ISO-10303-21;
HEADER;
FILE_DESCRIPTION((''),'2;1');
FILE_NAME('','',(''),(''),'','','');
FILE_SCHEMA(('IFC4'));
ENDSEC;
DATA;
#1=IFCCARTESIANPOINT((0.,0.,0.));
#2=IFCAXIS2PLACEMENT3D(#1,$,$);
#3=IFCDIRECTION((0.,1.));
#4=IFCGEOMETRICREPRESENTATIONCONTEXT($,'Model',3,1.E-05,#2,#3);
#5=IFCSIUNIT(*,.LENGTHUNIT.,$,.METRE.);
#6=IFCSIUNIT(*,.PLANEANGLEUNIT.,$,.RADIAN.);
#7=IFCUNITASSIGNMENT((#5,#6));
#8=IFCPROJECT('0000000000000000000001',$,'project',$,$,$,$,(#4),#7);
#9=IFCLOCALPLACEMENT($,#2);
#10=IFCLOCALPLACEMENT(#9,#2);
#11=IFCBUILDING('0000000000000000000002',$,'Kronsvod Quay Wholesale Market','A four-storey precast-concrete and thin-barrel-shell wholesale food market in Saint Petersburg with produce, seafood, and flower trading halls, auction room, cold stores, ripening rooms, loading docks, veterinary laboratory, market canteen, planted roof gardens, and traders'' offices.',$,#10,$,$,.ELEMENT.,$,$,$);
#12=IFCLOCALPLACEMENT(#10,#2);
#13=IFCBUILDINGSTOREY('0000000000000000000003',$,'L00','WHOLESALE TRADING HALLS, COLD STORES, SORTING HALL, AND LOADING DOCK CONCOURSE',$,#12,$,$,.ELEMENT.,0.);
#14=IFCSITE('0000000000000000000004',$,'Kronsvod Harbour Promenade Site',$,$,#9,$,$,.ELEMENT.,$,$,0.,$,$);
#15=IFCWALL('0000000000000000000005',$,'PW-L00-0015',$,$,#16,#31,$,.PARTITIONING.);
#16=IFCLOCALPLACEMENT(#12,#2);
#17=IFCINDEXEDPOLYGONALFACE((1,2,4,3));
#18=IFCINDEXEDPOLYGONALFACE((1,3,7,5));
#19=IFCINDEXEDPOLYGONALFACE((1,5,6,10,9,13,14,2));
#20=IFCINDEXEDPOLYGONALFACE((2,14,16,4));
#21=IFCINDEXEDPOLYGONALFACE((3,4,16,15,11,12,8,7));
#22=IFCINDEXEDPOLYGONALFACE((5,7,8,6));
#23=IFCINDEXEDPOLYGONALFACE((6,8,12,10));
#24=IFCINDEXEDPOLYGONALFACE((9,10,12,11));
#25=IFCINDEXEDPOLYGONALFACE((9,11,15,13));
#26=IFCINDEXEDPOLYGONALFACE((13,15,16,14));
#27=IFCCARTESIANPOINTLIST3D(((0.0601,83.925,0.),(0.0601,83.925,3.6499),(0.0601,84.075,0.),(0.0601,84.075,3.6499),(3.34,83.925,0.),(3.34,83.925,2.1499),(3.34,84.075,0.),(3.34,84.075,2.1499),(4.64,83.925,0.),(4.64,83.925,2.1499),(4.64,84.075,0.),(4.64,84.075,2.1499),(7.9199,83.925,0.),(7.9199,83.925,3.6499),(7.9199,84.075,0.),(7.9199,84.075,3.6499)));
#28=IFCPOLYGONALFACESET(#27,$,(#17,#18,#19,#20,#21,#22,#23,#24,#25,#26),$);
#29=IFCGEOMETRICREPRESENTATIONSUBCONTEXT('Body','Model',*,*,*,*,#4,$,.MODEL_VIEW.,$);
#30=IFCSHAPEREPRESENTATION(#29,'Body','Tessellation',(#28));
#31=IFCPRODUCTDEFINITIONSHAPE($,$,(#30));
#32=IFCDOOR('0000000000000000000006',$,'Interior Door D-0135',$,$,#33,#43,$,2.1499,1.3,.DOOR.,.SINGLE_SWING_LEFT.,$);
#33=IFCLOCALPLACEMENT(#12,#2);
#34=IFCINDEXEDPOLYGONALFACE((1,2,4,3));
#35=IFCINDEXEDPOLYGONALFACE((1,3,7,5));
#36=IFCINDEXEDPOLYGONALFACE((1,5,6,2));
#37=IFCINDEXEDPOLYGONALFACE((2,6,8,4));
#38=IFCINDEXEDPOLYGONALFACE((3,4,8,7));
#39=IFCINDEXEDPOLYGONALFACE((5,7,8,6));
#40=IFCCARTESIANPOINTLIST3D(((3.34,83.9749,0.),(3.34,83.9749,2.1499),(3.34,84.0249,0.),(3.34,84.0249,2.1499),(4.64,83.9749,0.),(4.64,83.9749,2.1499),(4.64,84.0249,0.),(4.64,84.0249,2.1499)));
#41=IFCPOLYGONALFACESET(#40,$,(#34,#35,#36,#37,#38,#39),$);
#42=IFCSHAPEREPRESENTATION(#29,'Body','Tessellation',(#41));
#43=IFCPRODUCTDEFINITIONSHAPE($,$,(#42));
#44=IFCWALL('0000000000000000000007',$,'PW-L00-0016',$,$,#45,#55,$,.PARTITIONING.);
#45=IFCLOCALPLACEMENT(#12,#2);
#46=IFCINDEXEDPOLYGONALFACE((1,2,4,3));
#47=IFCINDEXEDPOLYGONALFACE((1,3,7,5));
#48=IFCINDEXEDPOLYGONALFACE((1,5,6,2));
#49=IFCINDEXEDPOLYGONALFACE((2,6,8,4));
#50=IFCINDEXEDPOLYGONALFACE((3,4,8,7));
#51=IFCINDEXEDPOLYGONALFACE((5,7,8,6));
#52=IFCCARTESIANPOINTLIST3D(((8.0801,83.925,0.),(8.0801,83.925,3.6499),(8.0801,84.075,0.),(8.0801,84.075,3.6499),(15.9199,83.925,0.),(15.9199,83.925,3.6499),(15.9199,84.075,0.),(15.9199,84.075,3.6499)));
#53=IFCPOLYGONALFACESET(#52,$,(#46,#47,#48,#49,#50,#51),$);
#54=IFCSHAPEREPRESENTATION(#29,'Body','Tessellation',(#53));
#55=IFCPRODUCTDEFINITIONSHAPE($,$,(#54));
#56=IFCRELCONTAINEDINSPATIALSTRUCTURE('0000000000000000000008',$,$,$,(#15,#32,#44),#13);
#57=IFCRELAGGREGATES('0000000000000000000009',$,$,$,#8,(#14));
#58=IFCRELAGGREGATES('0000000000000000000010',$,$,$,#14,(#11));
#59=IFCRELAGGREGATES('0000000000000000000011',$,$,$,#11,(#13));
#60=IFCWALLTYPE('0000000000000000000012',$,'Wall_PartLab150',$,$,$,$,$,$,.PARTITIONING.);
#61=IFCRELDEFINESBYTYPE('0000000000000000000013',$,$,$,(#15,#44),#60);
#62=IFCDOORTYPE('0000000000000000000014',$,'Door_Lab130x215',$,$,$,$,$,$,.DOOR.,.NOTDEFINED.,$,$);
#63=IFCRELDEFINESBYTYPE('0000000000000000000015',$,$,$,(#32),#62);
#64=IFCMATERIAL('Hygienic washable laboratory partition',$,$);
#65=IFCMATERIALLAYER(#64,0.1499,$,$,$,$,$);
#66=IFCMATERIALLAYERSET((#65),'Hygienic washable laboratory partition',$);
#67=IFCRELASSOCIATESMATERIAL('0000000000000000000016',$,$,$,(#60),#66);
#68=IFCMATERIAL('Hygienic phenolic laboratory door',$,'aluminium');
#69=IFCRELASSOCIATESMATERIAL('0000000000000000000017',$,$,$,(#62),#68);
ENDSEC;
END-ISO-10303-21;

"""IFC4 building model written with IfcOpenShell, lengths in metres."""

from ifc_helpers import new_model, si_unit, direction, frame, frame_2d, origin, place, context, subcontext, project, spatial, rectangle, extrude, material, layer, layer_set, type_object, element, fill, save


model = new_model("IFC4")

# Units and contexts
model_context = context("Model", 3, precision=1e-05, world=origin(), true_north=direction((0.0, 1.0)))
body_context = subcontext(model_context, "Body", "Model", "MODEL_VIEW")
ifc_project = project(units=[si_unit("LENGTHUNIT", "METRE"), si_unit("PLANEANGLEUNIT", "RADIAN")], contexts=[model_context])

# Site, building, storey
site_placement = place(None, origin())
site = spatial("IfcSite", under=ifc_project, at=site_placement, Name="Kronsvod Harbour Promenade Site", CompositionType="ELEMENT", RefElevation=0.0)
building_placement = place(site_placement, origin())
building = spatial("IfcBuilding", under=site, at=building_placement, Name="Kronsvod Quay Wholesale Market", Description="A four-storey precast-concrete and thin-barrel-shell wholesale food market in Saint Petersburg with produce, seafood, and flower trading halls, auction room, cold stores, ripening rooms, loading docks, veterinary laboratory, market canteen, planted roof gardens, and traders' offices.", CompositionType="ELEMENT")
storey_placement = place(building_placement, origin())
storey = spatial("IfcBuildingStorey", under=building, at=storey_placement, Name="L00", Description="WHOLESALE TRADING HALLS, COLD STORES, SORTING HALL, AND LOADING DOCK CONCOURSE", CompositionType="ELEMENT", Elevation=0.0)

# Wall, opening, door
ifc_material_1 = material(Name="Hygienic washable laboratory partition")
ifc_layer_1 = layer(ifc_material_1, 0.1499)
ifc_layer_set_1 = layer_set([ifc_layer_1], Name="Hygienic washable laboratory partition")
wall_type_1 = type_object("IfcWallType", Name="Wall_PartLab150", PredefinedType="PARTITIONING", material=ifc_layer_set_1)
wall_1_placement = place(storey_placement, frame((0.0601, 84.0, 0.0), z_axis=(0.0, 0.0, 1.0), x_axis=(1.0, 0.0, 0.0)))
wall_1 = element("IfcWall", 1, at=wall_1_placement, inside=storey, type_object=wall_type_1, Name="PW-L00-0015", PredefinedType="PARTITIONING", context=body_context, shape_type="SweptSolid", body=[
    extrude(rectangle(XDim=7.8599, YDim=0.1499, at=frame_2d((3.9299, 0.0))), origin(), (0.0, 0.0, 1.0), 3.6499),
])
opening_1_placement = place(wall_1_placement, frame((3.28, 0.0, 0.0)))
opening_1 = element("IfcOpeningElement", 2, at=opening_1_placement, cuts=wall_1, PredefinedType="OPENING", context=body_context, shape_type="SweptSolid", body=[
    extrude(rectangle(XDim=1.3, YDim=2.1499, at=frame_2d((0.6499, 1.075))), frame((0.0, 0.085, 0.0), z_axis=(0.0, -1.0, 0.0), x_axis=(1.0, 0.0, 0.0)), (0.0, 0.0, 1.0), 0.1699),
])
ifc_material_2 = material(Name="Hygienic phenolic laboratory door", Category="aluminium")
door_type_1 = type_object("IfcDoorType", Name="Door_Lab130x215", OperationType="NOTDEFINED", PredefinedType="DOOR", material=ifc_material_2)
door_1_placement = place(opening_1_placement, origin())
door_1 = element("IfcDoor", 3, at=door_1_placement, inside=storey, type_object=door_type_1, Name="Interior Door D-0135", OperationType="SINGLE_SWING_LEFT", OverallHeight=2.1499, OverallWidth=1.3, PredefinedType="DOOR", context=body_context, shape_type="SweptSolid", body=[
    extrude(rectangle(XDim=1.3, YDim=2.1499, at=frame_2d((0.6499, 1.075))), frame((0.0, 0.0249, 0.0), z_axis=(0.0, -1.0, 0.0), x_axis=(1.0, 0.0, 0.0)), (0.0, 0.0, 1.0), 0.05),
])
fill(opening_1, door_1)

# Wall
wall_2_placement = place(storey_placement, frame((8.0801, 84.0, 0.0), z_axis=(0.0, 0.0, 1.0), x_axis=(1.0, 0.0, 0.0)))
element("IfcWall", 4, at=wall_2_placement, inside=storey, type_object=wall_type_1, Name="PW-L00-0016", PredefinedType="PARTITIONING", context=body_context, shape_type="SweptSolid", body=[
    extrude(rectangle(XDim=7.8398, YDim=0.1499, at=frame_2d((3.9199, 0.0))), origin(), (0.0, 0.0, 1.0), 3.6499),
])

save(model, "model.ifc")
